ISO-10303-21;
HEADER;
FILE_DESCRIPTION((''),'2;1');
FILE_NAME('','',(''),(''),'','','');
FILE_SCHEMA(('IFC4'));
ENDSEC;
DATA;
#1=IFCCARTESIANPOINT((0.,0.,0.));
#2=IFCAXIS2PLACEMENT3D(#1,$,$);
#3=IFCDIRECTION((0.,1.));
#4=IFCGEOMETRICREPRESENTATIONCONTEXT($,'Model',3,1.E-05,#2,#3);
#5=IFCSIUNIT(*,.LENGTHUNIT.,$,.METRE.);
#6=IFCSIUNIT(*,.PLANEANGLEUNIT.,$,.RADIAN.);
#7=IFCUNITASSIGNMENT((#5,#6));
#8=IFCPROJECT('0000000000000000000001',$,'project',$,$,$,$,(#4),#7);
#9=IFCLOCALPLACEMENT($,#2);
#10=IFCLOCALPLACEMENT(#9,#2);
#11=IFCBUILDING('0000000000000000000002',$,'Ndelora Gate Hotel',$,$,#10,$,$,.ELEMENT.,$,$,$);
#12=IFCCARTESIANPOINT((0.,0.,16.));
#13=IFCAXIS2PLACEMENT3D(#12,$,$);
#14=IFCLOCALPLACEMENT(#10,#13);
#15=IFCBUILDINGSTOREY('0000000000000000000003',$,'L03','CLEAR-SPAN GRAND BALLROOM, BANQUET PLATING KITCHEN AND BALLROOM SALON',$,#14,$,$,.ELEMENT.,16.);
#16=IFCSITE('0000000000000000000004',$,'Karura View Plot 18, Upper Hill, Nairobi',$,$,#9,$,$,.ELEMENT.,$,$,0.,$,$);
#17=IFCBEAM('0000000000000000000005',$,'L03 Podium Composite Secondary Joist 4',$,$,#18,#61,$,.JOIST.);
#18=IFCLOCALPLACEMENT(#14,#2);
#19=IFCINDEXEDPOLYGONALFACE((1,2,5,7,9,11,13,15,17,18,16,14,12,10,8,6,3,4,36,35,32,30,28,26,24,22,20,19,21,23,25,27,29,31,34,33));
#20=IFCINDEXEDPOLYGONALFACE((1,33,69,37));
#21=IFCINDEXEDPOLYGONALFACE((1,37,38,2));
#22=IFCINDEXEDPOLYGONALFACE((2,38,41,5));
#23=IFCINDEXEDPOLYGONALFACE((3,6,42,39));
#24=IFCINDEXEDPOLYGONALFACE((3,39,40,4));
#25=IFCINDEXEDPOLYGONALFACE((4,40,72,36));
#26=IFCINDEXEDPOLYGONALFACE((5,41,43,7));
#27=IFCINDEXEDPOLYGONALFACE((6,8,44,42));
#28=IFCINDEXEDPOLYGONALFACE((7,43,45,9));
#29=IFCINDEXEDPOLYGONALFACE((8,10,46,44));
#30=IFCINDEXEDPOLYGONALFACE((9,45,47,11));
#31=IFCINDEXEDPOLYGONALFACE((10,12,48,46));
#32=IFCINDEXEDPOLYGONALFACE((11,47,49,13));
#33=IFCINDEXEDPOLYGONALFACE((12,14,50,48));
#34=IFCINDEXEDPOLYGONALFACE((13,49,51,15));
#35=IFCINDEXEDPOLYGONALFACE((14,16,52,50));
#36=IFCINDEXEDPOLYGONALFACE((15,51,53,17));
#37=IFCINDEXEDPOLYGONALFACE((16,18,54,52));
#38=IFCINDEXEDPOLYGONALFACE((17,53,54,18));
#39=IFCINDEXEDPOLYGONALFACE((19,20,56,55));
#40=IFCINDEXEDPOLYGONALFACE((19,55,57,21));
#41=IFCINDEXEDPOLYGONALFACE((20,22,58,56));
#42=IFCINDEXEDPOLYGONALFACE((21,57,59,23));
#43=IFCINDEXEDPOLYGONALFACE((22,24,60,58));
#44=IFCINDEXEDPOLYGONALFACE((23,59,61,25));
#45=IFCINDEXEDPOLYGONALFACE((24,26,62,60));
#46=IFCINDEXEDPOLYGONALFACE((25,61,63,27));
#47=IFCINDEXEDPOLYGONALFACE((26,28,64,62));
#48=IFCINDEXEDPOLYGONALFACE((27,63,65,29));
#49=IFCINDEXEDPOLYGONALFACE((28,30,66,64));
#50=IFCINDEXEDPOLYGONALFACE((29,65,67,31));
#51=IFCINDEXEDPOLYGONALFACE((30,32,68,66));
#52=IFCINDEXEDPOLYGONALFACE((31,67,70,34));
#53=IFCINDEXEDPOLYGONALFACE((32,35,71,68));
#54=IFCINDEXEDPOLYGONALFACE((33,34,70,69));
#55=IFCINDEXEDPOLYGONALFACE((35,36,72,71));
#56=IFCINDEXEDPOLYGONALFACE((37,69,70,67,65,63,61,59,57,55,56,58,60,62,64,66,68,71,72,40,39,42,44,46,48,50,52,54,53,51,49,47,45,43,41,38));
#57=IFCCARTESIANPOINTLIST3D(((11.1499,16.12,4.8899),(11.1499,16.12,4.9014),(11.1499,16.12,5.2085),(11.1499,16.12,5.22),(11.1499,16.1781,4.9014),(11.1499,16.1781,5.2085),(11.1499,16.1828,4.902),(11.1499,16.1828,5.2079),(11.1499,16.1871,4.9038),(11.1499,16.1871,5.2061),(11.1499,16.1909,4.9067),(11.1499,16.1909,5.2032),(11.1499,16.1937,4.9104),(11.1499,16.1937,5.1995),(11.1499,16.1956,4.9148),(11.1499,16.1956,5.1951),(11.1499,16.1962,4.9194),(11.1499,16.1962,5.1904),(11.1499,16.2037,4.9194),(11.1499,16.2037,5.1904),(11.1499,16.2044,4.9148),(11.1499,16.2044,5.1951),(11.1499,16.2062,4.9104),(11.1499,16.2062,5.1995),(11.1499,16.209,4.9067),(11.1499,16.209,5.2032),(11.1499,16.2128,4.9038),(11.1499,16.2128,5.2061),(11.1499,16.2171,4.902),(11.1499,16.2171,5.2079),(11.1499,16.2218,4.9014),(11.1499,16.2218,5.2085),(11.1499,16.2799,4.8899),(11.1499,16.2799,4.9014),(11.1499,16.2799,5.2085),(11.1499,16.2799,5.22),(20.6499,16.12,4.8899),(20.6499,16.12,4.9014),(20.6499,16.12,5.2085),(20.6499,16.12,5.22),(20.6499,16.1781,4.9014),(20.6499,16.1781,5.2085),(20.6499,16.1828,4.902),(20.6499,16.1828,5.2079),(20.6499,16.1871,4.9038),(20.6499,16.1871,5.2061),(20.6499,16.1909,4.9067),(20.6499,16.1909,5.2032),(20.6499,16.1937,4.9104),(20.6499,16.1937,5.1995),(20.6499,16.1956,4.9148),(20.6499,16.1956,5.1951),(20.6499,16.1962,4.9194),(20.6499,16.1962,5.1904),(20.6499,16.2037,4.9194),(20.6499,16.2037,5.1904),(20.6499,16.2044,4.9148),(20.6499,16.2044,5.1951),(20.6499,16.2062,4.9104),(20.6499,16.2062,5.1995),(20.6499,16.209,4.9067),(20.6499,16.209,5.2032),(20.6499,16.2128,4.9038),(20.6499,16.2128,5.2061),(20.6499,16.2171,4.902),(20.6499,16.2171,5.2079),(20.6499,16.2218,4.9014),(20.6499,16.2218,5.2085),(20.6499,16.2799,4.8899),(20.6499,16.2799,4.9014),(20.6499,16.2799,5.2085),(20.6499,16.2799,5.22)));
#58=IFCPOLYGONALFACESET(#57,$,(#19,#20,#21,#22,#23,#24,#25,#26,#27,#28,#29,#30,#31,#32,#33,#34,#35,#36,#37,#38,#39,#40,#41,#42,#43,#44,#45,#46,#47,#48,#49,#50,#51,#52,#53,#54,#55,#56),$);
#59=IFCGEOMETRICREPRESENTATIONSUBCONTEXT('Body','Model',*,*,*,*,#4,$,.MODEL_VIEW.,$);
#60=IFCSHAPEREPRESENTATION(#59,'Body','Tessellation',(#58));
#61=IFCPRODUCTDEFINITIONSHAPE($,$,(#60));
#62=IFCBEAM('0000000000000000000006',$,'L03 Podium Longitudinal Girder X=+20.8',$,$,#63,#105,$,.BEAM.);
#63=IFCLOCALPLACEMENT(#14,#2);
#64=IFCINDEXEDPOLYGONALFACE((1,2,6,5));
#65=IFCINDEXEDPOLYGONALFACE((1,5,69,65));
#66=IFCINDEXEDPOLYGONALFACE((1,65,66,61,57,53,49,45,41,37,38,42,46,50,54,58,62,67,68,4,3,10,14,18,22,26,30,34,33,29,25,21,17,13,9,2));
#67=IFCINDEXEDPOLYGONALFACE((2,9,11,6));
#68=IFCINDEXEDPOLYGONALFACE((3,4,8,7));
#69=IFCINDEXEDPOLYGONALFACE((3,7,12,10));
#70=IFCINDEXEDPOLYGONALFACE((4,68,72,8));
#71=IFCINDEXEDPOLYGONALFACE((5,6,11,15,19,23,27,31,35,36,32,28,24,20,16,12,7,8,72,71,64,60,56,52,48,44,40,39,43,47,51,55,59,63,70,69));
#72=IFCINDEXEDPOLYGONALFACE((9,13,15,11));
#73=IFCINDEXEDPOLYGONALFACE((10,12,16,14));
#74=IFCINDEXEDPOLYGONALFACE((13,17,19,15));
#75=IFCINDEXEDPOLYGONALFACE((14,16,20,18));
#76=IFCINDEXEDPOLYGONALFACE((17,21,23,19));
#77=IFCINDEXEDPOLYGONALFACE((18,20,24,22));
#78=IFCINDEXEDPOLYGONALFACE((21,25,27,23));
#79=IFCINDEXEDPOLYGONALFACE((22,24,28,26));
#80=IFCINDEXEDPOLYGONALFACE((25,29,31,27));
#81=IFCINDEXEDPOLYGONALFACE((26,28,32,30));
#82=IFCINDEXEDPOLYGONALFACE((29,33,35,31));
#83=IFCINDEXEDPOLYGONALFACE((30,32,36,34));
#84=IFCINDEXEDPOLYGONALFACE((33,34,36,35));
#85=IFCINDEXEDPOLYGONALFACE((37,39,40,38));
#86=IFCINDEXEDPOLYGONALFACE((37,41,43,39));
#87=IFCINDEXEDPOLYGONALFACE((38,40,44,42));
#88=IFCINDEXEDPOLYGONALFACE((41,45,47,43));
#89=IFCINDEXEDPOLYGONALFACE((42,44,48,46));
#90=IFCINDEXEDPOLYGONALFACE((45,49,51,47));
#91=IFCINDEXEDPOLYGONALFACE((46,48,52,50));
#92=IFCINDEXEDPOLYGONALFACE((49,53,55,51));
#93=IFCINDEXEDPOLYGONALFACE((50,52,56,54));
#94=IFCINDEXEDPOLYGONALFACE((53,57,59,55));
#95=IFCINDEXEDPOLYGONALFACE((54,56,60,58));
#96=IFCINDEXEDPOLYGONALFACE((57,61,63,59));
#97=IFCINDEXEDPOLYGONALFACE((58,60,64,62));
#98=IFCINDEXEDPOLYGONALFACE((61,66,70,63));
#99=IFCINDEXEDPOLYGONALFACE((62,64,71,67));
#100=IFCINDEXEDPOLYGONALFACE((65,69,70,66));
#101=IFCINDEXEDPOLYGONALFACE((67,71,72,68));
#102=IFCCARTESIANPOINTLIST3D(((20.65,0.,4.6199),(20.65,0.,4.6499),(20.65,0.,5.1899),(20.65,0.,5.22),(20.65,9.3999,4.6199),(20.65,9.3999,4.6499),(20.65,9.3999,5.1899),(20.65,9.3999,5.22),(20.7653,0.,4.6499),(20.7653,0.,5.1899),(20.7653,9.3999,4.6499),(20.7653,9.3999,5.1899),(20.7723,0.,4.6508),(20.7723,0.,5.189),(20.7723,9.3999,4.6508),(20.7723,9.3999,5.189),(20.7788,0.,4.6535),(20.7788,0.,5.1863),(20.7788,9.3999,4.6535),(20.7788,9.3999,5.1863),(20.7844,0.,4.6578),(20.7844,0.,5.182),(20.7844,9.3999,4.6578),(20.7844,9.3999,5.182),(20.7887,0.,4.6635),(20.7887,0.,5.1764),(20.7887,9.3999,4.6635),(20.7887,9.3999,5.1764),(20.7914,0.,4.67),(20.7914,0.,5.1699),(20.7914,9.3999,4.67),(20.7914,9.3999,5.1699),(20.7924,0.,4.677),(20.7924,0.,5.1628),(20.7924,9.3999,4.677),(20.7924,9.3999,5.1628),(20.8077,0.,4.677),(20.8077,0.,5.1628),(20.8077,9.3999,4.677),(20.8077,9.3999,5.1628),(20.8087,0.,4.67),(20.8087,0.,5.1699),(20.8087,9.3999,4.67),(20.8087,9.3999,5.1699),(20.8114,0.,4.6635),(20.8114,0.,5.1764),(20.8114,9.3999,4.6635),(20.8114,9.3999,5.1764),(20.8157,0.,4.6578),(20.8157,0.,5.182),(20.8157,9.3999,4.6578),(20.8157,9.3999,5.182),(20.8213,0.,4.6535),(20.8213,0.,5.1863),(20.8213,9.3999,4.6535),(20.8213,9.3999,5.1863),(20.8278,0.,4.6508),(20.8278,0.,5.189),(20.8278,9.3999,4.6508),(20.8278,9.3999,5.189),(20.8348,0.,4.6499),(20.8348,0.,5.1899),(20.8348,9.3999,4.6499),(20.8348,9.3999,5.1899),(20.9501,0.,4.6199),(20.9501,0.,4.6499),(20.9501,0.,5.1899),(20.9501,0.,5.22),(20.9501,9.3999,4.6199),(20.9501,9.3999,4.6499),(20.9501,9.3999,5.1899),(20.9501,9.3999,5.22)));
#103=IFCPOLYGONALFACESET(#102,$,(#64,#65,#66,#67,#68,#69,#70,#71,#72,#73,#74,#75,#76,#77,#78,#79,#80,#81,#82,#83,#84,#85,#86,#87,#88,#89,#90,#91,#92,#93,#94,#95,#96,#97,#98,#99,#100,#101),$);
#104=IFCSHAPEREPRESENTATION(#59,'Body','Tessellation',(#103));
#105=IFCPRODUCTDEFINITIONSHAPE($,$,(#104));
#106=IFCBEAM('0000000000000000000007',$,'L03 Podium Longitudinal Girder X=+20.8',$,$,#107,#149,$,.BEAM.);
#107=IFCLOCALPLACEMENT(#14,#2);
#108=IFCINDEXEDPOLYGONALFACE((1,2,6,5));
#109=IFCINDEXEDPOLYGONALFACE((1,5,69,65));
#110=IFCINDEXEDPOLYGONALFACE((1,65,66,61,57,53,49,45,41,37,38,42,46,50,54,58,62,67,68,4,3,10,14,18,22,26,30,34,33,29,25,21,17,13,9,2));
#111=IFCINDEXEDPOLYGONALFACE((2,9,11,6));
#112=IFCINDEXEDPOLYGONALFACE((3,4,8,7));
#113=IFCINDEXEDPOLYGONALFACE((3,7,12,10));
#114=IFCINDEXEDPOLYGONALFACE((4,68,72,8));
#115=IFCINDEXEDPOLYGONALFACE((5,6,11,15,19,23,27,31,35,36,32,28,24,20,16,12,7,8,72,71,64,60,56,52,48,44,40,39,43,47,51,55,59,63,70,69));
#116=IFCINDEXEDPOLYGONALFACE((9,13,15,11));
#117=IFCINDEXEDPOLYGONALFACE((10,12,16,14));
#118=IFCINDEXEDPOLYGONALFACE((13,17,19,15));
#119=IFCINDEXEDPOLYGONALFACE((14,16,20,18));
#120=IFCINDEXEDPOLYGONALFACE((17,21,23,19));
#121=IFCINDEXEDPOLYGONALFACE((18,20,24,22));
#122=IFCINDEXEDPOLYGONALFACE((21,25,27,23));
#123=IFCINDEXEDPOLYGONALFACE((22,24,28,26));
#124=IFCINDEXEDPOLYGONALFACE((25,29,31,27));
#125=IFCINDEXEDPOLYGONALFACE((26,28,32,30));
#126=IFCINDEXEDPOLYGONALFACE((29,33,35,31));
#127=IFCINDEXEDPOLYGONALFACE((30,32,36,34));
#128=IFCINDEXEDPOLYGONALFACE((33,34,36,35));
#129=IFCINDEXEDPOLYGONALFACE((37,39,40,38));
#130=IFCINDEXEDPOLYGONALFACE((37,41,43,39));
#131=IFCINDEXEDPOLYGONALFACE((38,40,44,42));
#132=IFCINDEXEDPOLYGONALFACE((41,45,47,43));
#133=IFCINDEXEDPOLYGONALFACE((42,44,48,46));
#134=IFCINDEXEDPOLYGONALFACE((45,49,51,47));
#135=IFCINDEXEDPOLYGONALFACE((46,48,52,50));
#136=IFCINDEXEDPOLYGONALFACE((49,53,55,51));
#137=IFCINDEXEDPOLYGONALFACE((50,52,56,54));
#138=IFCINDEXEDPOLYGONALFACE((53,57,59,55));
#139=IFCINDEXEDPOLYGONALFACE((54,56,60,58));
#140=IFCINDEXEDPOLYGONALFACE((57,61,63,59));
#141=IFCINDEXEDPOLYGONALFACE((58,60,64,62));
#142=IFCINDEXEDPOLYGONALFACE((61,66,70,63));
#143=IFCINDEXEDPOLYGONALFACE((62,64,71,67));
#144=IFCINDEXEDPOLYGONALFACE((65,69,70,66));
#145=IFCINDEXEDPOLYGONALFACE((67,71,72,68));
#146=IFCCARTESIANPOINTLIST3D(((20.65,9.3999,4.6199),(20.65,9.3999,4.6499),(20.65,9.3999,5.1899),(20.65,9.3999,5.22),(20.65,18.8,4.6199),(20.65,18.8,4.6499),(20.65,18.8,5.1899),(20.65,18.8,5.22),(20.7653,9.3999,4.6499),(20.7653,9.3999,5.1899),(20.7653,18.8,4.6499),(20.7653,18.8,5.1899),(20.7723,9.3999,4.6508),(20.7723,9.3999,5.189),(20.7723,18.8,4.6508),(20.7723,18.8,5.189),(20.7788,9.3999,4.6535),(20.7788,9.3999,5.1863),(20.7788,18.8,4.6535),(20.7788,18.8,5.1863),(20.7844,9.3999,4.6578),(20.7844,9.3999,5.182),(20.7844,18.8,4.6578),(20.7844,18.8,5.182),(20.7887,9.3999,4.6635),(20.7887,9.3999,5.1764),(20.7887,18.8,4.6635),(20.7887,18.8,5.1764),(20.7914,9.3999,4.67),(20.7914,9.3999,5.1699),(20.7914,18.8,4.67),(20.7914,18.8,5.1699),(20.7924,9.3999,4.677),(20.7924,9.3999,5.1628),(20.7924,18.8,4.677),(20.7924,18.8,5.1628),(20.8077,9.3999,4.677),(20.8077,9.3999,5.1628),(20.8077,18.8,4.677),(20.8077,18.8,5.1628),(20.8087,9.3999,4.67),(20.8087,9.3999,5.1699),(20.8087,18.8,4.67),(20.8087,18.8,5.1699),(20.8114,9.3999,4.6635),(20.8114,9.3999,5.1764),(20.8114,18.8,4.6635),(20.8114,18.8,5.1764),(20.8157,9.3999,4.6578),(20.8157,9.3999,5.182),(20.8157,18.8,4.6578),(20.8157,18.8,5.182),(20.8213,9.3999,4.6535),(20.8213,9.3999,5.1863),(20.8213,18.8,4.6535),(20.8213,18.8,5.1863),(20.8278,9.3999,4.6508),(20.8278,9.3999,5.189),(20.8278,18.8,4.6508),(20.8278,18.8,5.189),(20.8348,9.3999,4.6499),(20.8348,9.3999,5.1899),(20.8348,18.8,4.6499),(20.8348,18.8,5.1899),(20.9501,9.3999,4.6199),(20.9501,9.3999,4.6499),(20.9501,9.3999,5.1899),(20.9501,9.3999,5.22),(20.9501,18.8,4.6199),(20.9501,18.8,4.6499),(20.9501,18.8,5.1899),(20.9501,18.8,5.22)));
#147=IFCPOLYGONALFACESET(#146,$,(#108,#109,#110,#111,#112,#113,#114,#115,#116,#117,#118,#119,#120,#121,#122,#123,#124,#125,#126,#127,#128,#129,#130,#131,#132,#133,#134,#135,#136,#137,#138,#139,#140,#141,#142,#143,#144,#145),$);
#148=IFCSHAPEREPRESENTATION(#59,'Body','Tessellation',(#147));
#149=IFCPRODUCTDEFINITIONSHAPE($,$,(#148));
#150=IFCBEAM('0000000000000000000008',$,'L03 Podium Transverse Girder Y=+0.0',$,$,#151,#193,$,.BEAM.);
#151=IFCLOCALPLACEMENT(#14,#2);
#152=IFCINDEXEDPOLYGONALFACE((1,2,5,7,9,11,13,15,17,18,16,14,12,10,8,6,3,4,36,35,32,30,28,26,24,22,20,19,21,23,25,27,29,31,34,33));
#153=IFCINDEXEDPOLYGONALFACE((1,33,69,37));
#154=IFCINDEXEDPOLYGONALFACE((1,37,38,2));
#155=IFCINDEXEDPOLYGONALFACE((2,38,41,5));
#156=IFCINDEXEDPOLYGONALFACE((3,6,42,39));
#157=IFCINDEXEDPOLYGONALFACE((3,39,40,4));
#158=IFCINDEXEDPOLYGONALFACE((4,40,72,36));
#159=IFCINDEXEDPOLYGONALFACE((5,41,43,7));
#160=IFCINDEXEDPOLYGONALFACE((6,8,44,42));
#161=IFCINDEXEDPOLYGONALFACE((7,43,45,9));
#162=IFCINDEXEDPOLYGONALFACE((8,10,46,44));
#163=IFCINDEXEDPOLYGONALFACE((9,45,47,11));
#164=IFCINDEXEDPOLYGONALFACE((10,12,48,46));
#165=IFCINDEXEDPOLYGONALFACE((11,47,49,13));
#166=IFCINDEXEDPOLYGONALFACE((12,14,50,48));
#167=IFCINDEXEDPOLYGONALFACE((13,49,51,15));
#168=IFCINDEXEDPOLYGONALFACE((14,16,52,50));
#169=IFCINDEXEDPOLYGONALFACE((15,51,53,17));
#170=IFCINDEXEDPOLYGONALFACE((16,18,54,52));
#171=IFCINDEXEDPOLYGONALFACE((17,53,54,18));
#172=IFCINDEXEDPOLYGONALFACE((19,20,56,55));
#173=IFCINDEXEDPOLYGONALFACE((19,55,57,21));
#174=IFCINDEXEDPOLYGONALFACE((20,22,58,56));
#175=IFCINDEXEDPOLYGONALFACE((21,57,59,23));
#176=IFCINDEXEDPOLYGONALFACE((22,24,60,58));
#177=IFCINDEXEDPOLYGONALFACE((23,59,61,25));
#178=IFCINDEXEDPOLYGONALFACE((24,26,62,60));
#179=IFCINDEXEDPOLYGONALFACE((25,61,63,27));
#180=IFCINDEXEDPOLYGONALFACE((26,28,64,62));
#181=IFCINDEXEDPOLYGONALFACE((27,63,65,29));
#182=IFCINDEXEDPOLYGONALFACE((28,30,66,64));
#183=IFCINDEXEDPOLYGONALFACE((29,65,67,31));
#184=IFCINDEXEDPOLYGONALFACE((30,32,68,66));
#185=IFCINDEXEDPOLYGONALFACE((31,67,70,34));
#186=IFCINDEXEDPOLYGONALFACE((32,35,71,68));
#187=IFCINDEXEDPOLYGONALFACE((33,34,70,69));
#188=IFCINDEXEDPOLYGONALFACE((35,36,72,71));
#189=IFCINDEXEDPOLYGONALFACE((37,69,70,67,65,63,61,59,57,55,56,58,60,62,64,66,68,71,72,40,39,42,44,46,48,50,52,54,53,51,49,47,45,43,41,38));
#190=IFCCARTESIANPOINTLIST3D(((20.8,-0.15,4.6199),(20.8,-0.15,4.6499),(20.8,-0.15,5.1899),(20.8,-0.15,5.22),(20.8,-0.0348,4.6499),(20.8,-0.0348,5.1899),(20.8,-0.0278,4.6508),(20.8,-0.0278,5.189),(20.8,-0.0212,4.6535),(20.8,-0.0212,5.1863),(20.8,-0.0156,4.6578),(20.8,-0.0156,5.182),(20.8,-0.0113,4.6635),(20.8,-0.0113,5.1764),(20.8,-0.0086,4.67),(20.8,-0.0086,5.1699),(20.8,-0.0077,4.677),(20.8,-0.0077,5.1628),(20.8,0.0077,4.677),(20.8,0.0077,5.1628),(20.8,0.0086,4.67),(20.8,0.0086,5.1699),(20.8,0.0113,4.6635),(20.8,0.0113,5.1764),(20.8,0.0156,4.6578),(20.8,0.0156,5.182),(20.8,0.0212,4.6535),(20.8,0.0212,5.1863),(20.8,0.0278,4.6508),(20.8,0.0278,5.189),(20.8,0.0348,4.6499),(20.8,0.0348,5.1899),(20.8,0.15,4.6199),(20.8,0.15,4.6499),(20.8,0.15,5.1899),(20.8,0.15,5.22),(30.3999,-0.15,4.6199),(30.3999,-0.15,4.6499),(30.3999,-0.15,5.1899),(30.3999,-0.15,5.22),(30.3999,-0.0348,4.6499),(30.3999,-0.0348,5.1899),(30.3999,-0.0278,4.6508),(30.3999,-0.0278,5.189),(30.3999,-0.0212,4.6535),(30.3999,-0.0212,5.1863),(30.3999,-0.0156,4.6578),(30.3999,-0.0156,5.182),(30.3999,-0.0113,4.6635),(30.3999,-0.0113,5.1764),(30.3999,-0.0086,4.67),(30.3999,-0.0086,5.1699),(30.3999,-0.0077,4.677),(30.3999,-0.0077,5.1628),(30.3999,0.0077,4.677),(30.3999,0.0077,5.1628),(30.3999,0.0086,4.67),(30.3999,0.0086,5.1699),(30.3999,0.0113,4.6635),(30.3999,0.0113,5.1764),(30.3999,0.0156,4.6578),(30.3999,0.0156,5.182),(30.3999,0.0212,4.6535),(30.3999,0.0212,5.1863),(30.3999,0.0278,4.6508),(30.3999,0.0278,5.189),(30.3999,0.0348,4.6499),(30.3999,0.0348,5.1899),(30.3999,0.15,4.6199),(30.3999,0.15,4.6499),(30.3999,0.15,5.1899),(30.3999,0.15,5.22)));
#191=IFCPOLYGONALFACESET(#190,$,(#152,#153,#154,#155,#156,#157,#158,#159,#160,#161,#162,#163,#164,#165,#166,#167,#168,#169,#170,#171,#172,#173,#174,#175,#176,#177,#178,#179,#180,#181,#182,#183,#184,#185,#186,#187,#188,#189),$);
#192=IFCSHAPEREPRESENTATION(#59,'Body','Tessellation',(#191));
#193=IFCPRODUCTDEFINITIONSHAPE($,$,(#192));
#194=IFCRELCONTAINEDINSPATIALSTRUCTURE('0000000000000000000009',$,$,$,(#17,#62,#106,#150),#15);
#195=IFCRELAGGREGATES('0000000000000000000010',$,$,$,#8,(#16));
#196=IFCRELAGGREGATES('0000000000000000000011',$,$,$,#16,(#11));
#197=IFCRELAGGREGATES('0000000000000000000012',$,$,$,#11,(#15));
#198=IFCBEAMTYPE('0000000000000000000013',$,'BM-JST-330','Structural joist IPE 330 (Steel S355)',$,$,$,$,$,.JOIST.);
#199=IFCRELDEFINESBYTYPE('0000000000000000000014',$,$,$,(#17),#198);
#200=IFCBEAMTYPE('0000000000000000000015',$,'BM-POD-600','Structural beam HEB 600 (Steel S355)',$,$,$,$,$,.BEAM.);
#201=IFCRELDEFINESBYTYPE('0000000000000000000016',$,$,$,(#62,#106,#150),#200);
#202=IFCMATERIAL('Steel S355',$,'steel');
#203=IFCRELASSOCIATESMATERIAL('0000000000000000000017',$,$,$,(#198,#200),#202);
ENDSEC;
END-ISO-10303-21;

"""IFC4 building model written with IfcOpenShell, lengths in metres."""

from ifc_helpers import new_model, si_unit, direction, frame, origin, origin_2d, place, context, subcontext, project, spatial, i_section, extrude, material, material_profile, profile_set, type_object, element, save


model = new_model("IFC4")

# Units and contexts
model_context = context("Model", 3, precision=1e-05, world=origin(), true_north=direction((0.0, 1.0)))
body_context = subcontext(model_context, "Body", "Model", "MODEL_VIEW")
ifc_project = project(units=[si_unit("LENGTHUNIT", "METRE"), si_unit("PLANEANGLEUNIT", "RADIAN")], contexts=[model_context])

# Site, building, storey
site_placement = place(None, origin())
site = spatial("IfcSite", under=ifc_project, at=site_placement, Name="Karura View Plot 18, Upper Hill, Nairobi", CompositionType="ELEMENT", RefElevation=0.0)
building_placement = place(site_placement, origin())
building = spatial("IfcBuilding", under=site, at=building_placement, Name="Ndelora Gate Hotel", CompositionType="ELEMENT")
storey_placement = place(building_placement, frame((0.0, 0.0, 16.0)))
storey = spatial("IfcBuildingStorey", under=building, at=storey_placement, Name="L03", Description="CLEAR-SPAN GRAND BALLROOM, BANQUET PLATING KITCHEN AND BALLROOM SALON", CompositionType="ELEMENT", Elevation=16.0)

# Beams
ifc_material_1 = material(Name="Steel S355", Category="steel")
ifc_material_profile_1 = material_profile(ifc_material_1, i_section(OverallWidth=0.1599, OverallDepth=0.3301, WebThickness=0.0076, FlangeThickness=0.0115, FilletRadius=0.0181, at=origin_2d()), Name="IPE 330")
ifc_profile_set_1 = profile_set([ifc_material_profile_1], Name="Steel S355")
beam_type_1 = type_object("IfcBeamType", Name="BM-JST-330", Description="Structural joist IPE 330 (Steel S355)", PredefinedType="JOIST", material=ifc_profile_set_1)
beam_1_placement = place(storey_placement, frame((11.1499, 16.2, 5.0549), z_axis=(1.0, 0.0, 0.0), x_axis=(0.0, 1.0, 0.0)))
element("IfcBeam", 1, at=beam_1_placement, inside=storey, type_object=beam_type_1, Name="L03 Podium Composite Secondary Joist 4", PredefinedType="JOIST", context=body_context, shape_type="SweptSolid", body=[
    extrude(i_section(OverallWidth=0.1599, OverallDepth=0.3301, WebThickness=0.0076, FlangeThickness=0.0115, FilletRadius=0.0181, at=origin_2d()), origin(), (0.0, 0.0, 1.0), 9.5),
])
ifc_material_profile_2 = material_profile(ifc_material_1, i_section(OverallWidth=0.3, OverallDepth=0.6001, WebThickness=0.0154, FlangeThickness=0.03, FilletRadius=0.0271, at=origin_2d()), Name="HEB 600")
ifc_profile_set_2 = profile_set([ifc_material_profile_2], Name="Steel S355")
beam_type_2 = type_object("IfcBeamType", Name="BM-POD-600", Description="Structural beam HEB 600 (Steel S355)", PredefinedType="BEAM", material=ifc_profile_set_2)
beam_2_placement = place(storey_placement, frame((20.8, 0.0, 4.9199), z_axis=(0.0, 1.0, 0.0), x_axis=(-1.0, 0.0, 0.0)))
element("IfcBeam", 2, at=beam_2_placement, inside=storey, type_object=beam_type_2, Name="L03 Podium Longitudinal Girder X=+20.8", PredefinedType="BEAM", context=body_context, shape_type="SweptSolid", body=[
    extrude(i_section(OverallWidth=0.3, OverallDepth=0.6001, WebThickness=0.0154, FlangeThickness=0.03, FilletRadius=0.0271, at=origin_2d()), origin(), (0.0, 0.0, 1.0), 9.3999),
])
beam_3_placement = place(storey_placement, frame((20.8, 9.3999, 4.9199), z_axis=(0.0, 1.0, 0.0), x_axis=(-1.0, 0.0, 0.0)))
element("IfcBeam", 3, at=beam_3_placement, inside=storey, type_object=beam_type_2, Name="L03 Podium Longitudinal Girder X=+20.8", PredefinedType="BEAM", context=body_context, shape_type="SweptSolid", body=[
    extrude(i_section(OverallWidth=0.3, OverallDepth=0.6001, WebThickness=0.0154, FlangeThickness=0.03, FilletRadius=0.0271, at=origin_2d()), origin(), (0.0, 0.0, 1.0), 9.4001),
])
for number, where, z_axis, x_axis, name in (
    (4, (20.8, 0.0, 4.9199), (1.0, 0.0, 0.0), (0.0, 1.0, 0.0), "L03 Podium Transverse Girder Y=+0.0"),
):
    element("IfcBeam", number, at=place(storey_placement, frame(where, z_axis=z_axis, x_axis=x_axis)), inside=storey, type_object=beam_type_2, Name=name, PredefinedType="BEAM", context=body_context, shape_type="SweptSolid", body=[
        extrude(i_section(OverallWidth=0.3, OverallDepth=0.6001, WebThickness=0.0154, FlangeThickness=0.03, FilletRadius=0.0271, at=origin_2d()), origin(), (0.0, 0.0, 1.0), 9.5999),
    ])

save(model, "model.ifc")
